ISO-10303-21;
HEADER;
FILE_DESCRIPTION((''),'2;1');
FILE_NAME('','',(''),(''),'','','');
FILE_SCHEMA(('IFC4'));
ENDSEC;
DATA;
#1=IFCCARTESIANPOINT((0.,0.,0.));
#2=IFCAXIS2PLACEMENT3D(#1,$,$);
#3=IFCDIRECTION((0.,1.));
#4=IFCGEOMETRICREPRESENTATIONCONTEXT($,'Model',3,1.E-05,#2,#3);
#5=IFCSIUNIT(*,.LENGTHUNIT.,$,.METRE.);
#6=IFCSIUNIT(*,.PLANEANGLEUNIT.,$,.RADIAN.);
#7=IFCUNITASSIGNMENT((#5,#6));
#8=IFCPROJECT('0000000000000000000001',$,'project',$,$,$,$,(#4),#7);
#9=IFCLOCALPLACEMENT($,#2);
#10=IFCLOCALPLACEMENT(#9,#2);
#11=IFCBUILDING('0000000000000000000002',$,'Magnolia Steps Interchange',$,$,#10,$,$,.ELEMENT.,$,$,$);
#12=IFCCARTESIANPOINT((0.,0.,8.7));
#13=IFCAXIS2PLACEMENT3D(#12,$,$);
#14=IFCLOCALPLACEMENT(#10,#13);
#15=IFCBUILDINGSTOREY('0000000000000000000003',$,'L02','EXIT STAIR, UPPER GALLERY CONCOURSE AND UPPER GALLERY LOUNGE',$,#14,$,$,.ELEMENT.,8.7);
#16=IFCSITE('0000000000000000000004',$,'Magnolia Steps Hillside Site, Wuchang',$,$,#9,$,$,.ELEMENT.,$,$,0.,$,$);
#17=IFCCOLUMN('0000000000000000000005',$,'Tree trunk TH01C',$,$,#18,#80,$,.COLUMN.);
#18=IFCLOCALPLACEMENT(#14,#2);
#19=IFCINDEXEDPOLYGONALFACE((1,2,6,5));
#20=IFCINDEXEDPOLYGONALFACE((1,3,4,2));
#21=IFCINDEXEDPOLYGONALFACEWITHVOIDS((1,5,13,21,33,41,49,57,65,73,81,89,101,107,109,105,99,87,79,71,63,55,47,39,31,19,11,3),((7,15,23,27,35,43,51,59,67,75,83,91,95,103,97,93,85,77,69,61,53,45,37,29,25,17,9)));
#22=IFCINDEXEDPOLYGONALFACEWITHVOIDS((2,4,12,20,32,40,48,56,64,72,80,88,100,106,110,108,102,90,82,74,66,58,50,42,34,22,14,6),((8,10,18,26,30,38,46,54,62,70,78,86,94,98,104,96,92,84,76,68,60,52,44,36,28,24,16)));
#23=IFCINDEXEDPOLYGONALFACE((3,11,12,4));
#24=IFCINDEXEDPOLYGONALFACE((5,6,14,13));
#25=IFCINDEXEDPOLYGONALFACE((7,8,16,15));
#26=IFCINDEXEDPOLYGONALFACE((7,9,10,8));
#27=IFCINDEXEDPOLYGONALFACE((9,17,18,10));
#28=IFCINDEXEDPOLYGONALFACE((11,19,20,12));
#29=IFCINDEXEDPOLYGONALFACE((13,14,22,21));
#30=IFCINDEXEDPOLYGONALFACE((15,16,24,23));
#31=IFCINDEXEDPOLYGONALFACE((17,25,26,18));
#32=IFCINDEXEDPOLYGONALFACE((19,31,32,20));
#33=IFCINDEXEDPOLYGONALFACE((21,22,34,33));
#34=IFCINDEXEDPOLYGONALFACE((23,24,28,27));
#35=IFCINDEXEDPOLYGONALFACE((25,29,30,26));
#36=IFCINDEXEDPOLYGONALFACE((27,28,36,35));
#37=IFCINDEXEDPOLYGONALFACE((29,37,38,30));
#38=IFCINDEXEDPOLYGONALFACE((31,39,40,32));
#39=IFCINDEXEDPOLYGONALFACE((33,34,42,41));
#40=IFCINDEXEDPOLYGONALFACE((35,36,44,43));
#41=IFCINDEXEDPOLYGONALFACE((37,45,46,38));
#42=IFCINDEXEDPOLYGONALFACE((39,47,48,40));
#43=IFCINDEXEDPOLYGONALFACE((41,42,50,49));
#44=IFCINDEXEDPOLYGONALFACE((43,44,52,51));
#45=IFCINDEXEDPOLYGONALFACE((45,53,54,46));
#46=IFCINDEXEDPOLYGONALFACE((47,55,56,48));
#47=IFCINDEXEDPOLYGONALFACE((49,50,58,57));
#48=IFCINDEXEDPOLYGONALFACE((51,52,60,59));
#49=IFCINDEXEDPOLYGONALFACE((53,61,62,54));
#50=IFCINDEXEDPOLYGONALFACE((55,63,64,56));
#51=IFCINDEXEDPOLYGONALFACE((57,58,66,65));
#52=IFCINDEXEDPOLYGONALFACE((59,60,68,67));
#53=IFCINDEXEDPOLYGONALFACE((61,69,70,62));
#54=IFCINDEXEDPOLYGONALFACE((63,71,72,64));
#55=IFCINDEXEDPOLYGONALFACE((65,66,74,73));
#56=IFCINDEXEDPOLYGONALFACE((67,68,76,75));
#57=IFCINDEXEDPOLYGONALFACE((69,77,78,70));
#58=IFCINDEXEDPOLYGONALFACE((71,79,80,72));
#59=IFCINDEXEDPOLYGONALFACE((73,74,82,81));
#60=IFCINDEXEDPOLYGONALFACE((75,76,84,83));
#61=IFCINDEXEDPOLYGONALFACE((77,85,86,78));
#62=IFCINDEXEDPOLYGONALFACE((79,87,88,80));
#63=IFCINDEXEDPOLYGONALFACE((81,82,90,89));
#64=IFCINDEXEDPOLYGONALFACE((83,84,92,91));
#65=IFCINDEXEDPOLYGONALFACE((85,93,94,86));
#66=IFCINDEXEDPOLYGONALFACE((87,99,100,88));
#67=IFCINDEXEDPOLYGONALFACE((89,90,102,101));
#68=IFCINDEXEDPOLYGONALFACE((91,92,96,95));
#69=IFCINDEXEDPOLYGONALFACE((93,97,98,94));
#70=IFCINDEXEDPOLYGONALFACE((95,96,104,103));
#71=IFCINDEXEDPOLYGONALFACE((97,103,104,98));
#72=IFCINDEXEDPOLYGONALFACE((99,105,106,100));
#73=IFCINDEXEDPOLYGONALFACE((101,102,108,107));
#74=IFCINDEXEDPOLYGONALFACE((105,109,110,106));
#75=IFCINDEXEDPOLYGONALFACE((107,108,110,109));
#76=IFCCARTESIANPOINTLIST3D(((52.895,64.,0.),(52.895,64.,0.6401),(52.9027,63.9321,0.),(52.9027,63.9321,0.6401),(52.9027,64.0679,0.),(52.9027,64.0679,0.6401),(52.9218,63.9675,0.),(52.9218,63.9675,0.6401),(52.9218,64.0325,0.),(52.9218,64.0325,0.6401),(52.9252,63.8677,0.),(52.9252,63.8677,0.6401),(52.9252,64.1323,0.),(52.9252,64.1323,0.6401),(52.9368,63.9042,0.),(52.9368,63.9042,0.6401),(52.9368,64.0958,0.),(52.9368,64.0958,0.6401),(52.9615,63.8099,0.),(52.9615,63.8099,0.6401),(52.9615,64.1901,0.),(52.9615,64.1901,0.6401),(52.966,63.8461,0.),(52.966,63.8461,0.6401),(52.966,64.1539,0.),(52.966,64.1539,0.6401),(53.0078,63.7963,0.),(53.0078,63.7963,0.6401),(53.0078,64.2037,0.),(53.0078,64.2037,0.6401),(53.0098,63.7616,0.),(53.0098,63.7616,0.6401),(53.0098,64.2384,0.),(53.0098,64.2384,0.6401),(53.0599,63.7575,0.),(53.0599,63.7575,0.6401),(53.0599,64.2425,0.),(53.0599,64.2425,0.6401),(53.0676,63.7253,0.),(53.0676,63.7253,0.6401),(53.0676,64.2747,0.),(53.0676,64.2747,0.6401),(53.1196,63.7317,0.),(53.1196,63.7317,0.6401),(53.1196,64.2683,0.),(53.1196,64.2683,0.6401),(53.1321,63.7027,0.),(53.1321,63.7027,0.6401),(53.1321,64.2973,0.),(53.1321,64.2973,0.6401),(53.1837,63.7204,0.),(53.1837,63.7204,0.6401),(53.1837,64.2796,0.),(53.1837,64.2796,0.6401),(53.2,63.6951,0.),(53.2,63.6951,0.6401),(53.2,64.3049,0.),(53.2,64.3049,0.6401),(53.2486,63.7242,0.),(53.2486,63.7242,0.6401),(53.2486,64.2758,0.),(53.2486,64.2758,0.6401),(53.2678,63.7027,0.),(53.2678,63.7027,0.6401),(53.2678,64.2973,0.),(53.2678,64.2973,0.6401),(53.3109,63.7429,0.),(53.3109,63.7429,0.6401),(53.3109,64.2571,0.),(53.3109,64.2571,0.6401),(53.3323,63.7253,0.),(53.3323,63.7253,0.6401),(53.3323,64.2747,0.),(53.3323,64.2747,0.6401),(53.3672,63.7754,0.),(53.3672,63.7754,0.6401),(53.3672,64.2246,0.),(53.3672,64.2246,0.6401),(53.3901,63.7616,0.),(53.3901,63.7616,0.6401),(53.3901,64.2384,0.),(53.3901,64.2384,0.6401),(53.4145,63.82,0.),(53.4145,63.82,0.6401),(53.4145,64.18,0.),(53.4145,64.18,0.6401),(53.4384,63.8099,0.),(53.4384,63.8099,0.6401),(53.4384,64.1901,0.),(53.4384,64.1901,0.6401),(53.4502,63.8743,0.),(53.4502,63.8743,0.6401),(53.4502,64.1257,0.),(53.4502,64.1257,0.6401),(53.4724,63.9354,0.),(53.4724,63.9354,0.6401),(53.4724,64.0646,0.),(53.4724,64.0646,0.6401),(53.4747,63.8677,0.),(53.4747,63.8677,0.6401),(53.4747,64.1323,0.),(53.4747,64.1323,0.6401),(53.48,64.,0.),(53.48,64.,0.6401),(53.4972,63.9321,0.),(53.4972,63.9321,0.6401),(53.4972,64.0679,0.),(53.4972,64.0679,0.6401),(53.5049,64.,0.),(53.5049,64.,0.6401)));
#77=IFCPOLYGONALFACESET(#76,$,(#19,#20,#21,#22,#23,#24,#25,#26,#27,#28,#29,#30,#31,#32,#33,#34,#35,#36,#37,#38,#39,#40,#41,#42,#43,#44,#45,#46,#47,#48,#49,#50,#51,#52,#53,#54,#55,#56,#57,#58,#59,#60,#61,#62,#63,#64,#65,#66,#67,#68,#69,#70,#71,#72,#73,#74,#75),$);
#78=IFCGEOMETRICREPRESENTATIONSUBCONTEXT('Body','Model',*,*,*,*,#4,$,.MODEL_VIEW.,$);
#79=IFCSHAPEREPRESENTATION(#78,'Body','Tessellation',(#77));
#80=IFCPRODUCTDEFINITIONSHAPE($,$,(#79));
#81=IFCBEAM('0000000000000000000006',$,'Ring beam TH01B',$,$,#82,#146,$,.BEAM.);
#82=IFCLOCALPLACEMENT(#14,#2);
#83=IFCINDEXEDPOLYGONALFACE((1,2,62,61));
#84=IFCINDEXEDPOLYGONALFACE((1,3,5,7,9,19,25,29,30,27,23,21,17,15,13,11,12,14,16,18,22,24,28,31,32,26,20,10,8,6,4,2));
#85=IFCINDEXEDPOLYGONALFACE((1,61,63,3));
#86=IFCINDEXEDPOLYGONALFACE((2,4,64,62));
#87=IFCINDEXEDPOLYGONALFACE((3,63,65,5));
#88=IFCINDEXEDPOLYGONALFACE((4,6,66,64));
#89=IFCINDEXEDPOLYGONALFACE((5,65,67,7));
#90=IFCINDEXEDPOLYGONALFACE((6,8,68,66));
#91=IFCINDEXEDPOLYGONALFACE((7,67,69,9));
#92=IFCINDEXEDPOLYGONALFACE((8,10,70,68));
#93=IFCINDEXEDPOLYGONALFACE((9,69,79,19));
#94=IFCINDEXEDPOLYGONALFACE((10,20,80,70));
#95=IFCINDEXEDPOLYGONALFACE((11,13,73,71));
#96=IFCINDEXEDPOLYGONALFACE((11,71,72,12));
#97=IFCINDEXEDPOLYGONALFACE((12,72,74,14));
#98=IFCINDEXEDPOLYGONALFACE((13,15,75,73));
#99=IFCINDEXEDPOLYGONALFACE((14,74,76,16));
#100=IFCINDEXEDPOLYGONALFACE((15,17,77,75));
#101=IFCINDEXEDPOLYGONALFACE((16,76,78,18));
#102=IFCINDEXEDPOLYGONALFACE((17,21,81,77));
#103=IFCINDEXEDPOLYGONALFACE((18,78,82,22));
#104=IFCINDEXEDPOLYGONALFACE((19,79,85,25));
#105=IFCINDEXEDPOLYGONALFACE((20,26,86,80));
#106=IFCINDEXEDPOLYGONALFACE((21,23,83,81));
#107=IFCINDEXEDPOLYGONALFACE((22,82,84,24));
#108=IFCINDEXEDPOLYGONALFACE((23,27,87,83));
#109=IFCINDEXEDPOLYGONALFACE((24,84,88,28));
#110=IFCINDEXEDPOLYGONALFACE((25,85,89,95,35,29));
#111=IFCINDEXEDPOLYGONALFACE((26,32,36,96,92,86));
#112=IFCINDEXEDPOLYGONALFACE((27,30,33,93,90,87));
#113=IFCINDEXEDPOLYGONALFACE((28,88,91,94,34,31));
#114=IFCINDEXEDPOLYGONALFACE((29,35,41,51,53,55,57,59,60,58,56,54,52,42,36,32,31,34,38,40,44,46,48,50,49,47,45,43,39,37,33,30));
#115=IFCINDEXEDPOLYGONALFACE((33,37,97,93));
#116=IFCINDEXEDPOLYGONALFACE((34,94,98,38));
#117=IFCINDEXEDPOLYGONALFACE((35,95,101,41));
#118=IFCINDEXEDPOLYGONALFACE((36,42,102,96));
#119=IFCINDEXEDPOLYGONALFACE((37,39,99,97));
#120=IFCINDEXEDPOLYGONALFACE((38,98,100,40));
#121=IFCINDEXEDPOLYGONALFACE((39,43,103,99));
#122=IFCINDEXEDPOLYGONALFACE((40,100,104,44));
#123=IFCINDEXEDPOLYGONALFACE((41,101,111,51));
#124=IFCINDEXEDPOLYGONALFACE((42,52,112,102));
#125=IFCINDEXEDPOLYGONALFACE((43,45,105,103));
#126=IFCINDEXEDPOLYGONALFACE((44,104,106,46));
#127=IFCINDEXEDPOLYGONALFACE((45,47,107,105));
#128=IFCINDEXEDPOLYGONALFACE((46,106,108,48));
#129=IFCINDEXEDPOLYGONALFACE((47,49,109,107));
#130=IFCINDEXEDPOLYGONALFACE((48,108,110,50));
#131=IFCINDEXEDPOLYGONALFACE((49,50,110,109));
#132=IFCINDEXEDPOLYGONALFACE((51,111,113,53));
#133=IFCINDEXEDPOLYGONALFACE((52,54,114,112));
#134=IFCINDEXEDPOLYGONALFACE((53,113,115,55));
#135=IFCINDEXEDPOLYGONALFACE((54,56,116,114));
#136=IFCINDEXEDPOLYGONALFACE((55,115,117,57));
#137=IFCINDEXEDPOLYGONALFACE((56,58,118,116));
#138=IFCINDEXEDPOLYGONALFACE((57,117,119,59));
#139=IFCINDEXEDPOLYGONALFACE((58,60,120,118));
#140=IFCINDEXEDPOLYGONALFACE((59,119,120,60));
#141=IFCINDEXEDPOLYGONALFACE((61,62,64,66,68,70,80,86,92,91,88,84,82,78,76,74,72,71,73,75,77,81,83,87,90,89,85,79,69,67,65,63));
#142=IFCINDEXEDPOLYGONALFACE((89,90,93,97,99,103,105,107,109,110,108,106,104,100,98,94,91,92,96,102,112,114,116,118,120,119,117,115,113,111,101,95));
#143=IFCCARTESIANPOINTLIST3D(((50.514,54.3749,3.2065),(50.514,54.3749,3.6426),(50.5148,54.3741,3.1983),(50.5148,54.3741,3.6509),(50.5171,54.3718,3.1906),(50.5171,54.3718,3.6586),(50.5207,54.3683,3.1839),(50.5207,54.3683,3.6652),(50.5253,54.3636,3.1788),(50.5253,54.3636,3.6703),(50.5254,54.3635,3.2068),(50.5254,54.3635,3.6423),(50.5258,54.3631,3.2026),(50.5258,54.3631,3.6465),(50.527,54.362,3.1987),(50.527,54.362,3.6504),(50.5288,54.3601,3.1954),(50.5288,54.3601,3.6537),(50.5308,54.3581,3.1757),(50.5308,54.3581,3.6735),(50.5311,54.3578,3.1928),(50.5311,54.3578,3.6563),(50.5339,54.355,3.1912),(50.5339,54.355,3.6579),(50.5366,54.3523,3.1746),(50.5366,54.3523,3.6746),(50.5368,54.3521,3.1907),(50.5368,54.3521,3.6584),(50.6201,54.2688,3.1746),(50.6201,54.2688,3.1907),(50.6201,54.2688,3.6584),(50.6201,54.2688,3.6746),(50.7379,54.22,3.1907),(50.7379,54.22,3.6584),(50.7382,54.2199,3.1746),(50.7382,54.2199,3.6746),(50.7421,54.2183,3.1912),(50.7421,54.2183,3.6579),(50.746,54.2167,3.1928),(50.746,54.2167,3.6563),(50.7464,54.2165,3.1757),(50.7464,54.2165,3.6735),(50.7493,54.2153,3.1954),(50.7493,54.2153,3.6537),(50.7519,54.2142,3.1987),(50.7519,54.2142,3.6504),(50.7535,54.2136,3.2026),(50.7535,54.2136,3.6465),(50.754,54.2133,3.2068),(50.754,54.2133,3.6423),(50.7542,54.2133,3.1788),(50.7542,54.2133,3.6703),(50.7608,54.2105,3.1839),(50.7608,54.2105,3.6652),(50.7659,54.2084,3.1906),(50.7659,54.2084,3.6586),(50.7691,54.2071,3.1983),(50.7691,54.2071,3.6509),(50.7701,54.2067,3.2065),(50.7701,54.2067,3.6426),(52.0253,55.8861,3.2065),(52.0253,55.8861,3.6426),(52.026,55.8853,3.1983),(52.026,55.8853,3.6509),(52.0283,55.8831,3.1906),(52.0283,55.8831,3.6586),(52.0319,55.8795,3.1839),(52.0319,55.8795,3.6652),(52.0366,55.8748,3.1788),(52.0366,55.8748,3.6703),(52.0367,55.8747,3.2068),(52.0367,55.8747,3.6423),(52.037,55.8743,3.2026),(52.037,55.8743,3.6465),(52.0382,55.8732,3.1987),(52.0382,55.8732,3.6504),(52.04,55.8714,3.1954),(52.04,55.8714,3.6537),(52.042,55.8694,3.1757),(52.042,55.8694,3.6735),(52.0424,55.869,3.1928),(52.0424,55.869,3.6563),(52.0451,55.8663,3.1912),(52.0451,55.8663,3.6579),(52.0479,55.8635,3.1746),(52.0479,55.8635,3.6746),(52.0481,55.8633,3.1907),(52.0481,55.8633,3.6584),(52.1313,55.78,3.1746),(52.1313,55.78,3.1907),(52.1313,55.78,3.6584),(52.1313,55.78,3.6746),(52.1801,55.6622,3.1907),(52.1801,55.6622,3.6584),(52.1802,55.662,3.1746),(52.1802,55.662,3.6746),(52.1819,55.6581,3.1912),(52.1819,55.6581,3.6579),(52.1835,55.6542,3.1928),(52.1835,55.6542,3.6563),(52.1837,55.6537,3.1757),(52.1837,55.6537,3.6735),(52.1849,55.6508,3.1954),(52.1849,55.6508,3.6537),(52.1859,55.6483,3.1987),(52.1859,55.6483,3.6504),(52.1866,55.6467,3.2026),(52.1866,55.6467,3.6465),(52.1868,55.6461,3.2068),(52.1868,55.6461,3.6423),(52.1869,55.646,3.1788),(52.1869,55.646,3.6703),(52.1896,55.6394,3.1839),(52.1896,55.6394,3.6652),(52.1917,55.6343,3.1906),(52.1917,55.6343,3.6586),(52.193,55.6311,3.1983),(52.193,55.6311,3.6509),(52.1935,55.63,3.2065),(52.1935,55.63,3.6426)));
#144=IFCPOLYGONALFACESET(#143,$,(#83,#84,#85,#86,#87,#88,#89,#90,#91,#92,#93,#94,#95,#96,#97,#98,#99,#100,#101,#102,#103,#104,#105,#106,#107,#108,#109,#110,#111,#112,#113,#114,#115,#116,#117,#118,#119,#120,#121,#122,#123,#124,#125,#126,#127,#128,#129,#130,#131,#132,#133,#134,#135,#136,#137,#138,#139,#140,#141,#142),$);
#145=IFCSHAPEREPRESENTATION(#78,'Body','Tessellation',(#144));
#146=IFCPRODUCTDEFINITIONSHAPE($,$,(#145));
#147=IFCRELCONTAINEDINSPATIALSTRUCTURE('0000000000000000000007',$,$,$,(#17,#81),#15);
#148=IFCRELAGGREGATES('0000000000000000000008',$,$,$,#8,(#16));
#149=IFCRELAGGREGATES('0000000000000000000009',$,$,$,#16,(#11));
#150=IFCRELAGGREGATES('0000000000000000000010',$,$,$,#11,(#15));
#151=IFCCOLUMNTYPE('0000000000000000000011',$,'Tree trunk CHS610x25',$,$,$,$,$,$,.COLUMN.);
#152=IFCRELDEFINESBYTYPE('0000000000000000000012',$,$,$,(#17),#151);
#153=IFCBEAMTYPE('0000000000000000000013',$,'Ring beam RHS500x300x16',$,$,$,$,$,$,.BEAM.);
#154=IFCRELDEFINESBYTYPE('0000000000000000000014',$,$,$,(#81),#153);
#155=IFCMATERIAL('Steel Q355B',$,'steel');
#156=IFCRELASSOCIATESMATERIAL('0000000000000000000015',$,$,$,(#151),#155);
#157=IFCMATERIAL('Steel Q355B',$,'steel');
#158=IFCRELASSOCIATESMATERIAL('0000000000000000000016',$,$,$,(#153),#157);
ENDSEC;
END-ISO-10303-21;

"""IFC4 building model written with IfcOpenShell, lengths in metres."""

from ifc_helpers import new_model, si_unit, direction, frame, origin, origin_2d, place, context, subcontext, project, spatial, hollow_rectangle, hollow_circle, extrude, clip, halfspace, material, material_profile, profile_set, type_object, element, save


model = new_model("IFC4")

# Units and contexts
model_context = context("Model", 3, precision=1e-05, world=origin(), true_north=direction((0.0, 1.0)))
body_context = subcontext(model_context, "Body", "Model", "MODEL_VIEW")
ifc_project = project(units=[si_unit("LENGTHUNIT", "METRE"), si_unit("PLANEANGLEUNIT", "RADIAN")], contexts=[model_context])

# Site, building, storey
site_placement = place(None, origin())
site = spatial("IfcSite", under=ifc_project, at=site_placement, Name="Magnolia Steps Hillside Site, Wuchang", CompositionType="ELEMENT", RefElevation=0.0)
building_placement = place(site_placement, origin())
building = spatial("IfcBuilding", under=site, at=building_placement, Name="Magnolia Steps Interchange", CompositionType="ELEMENT")
storey_placement = place(building_placement, frame((0.0, 0.0, 8.7)))
storey = spatial("IfcBuildingStorey", under=building, at=storey_placement, Name="L02", Description="EXIT STAIR, UPPER GALLERY CONCOURSE AND UPPER GALLERY LOUNGE", CompositionType="ELEMENT", Elevation=8.7)

# Column
ifc_material_1 = material(Name="Steel Q355B", Category="steel")
ifc_material_profile_1 = material_profile(ifc_material_1, hollow_circle(Radius=0.3049, WallThickness=0.0249, at=origin_2d()), Name="CHS610x25")
ifc_profile_set_1 = profile_set([ifc_material_profile_1], Name="Steel Q355B")
column_type = type_object("IfcColumnType", Name="Tree trunk CHS610x25", PredefinedType="COLUMN", material=ifc_profile_set_1)
column_placement = place(storey_placement, frame((53.2, 64.0, 0.0), z_axis=(0.0, 0.0, 1.0), x_axis=(1.0, 0.0, 0.0)))
element("IfcColumn", 1, at=column_placement, inside=storey, type_object=column_type, Name="Tree trunk TH01C", PredefinedType="COLUMN", context=body_context, shape_type="SweptSolid", body=[
    extrude(hollow_circle(Radius=0.3049, WallThickness=0.0249, at=origin_2d()), origin(), (0.0, 0.0, 1.0), 0.6401),
])

# Beam
ifc_material_2 = material(Name="Steel Q355B", Category="steel")
ifc_material_profile_2 = material_profile(ifc_material_2, hollow_rectangle(XDim=0.3, YDim=0.5, WallThickness=0.0161, InnerFilletRadius=0.0161, OuterFilletRadius=0.032, at=origin_2d()), Name="RHS500x300x16")
ifc_profile_set_2 = profile_set([ifc_material_profile_2], Name="Steel Q355B")
beam_type = type_object("IfcBeamType", Name="Ring beam RHS500x300x16", PredefinedType="BEAM", material=ifc_profile_set_2)
beam_1_placement = place(storey_placement, frame((52.1313, 55.78, 3.4246), z_axis=(-0.707107, -0.707107, 0.0), x_axis=(0.707107, -0.707107, 0.0)))
element("IfcBeam", 2, at=beam_1_placement, inside=storey, type_object=beam_type, Name="Ring beam TH01B", PredefinedType="BEAM", context=body_context, shape_type="Clipping", body=[
    clip(clip(extrude(hollow_rectangle(XDim=0.3, YDim=0.5, WallThickness=0.0161, InnerFilletRadius=0.0161, OuterFilletRadius=0.032, at=origin_2d()), origin(), (0.0, 0.0, 1.0), 2.1372), halfspace(frame((0.0, 0.0, 0.0), z_axis=(0.382683, 0.0, -0.92388), x_axis=(0.92388, 0.0, 0.382683)), False)), halfspace(frame((0.0, 0.0, 2.1372), z_axis=(0.382683, 0.0, 0.92388), x_axis=(0.92388, 0.0, -0.382683)), False)),
])

save(model, "model.ifc")
